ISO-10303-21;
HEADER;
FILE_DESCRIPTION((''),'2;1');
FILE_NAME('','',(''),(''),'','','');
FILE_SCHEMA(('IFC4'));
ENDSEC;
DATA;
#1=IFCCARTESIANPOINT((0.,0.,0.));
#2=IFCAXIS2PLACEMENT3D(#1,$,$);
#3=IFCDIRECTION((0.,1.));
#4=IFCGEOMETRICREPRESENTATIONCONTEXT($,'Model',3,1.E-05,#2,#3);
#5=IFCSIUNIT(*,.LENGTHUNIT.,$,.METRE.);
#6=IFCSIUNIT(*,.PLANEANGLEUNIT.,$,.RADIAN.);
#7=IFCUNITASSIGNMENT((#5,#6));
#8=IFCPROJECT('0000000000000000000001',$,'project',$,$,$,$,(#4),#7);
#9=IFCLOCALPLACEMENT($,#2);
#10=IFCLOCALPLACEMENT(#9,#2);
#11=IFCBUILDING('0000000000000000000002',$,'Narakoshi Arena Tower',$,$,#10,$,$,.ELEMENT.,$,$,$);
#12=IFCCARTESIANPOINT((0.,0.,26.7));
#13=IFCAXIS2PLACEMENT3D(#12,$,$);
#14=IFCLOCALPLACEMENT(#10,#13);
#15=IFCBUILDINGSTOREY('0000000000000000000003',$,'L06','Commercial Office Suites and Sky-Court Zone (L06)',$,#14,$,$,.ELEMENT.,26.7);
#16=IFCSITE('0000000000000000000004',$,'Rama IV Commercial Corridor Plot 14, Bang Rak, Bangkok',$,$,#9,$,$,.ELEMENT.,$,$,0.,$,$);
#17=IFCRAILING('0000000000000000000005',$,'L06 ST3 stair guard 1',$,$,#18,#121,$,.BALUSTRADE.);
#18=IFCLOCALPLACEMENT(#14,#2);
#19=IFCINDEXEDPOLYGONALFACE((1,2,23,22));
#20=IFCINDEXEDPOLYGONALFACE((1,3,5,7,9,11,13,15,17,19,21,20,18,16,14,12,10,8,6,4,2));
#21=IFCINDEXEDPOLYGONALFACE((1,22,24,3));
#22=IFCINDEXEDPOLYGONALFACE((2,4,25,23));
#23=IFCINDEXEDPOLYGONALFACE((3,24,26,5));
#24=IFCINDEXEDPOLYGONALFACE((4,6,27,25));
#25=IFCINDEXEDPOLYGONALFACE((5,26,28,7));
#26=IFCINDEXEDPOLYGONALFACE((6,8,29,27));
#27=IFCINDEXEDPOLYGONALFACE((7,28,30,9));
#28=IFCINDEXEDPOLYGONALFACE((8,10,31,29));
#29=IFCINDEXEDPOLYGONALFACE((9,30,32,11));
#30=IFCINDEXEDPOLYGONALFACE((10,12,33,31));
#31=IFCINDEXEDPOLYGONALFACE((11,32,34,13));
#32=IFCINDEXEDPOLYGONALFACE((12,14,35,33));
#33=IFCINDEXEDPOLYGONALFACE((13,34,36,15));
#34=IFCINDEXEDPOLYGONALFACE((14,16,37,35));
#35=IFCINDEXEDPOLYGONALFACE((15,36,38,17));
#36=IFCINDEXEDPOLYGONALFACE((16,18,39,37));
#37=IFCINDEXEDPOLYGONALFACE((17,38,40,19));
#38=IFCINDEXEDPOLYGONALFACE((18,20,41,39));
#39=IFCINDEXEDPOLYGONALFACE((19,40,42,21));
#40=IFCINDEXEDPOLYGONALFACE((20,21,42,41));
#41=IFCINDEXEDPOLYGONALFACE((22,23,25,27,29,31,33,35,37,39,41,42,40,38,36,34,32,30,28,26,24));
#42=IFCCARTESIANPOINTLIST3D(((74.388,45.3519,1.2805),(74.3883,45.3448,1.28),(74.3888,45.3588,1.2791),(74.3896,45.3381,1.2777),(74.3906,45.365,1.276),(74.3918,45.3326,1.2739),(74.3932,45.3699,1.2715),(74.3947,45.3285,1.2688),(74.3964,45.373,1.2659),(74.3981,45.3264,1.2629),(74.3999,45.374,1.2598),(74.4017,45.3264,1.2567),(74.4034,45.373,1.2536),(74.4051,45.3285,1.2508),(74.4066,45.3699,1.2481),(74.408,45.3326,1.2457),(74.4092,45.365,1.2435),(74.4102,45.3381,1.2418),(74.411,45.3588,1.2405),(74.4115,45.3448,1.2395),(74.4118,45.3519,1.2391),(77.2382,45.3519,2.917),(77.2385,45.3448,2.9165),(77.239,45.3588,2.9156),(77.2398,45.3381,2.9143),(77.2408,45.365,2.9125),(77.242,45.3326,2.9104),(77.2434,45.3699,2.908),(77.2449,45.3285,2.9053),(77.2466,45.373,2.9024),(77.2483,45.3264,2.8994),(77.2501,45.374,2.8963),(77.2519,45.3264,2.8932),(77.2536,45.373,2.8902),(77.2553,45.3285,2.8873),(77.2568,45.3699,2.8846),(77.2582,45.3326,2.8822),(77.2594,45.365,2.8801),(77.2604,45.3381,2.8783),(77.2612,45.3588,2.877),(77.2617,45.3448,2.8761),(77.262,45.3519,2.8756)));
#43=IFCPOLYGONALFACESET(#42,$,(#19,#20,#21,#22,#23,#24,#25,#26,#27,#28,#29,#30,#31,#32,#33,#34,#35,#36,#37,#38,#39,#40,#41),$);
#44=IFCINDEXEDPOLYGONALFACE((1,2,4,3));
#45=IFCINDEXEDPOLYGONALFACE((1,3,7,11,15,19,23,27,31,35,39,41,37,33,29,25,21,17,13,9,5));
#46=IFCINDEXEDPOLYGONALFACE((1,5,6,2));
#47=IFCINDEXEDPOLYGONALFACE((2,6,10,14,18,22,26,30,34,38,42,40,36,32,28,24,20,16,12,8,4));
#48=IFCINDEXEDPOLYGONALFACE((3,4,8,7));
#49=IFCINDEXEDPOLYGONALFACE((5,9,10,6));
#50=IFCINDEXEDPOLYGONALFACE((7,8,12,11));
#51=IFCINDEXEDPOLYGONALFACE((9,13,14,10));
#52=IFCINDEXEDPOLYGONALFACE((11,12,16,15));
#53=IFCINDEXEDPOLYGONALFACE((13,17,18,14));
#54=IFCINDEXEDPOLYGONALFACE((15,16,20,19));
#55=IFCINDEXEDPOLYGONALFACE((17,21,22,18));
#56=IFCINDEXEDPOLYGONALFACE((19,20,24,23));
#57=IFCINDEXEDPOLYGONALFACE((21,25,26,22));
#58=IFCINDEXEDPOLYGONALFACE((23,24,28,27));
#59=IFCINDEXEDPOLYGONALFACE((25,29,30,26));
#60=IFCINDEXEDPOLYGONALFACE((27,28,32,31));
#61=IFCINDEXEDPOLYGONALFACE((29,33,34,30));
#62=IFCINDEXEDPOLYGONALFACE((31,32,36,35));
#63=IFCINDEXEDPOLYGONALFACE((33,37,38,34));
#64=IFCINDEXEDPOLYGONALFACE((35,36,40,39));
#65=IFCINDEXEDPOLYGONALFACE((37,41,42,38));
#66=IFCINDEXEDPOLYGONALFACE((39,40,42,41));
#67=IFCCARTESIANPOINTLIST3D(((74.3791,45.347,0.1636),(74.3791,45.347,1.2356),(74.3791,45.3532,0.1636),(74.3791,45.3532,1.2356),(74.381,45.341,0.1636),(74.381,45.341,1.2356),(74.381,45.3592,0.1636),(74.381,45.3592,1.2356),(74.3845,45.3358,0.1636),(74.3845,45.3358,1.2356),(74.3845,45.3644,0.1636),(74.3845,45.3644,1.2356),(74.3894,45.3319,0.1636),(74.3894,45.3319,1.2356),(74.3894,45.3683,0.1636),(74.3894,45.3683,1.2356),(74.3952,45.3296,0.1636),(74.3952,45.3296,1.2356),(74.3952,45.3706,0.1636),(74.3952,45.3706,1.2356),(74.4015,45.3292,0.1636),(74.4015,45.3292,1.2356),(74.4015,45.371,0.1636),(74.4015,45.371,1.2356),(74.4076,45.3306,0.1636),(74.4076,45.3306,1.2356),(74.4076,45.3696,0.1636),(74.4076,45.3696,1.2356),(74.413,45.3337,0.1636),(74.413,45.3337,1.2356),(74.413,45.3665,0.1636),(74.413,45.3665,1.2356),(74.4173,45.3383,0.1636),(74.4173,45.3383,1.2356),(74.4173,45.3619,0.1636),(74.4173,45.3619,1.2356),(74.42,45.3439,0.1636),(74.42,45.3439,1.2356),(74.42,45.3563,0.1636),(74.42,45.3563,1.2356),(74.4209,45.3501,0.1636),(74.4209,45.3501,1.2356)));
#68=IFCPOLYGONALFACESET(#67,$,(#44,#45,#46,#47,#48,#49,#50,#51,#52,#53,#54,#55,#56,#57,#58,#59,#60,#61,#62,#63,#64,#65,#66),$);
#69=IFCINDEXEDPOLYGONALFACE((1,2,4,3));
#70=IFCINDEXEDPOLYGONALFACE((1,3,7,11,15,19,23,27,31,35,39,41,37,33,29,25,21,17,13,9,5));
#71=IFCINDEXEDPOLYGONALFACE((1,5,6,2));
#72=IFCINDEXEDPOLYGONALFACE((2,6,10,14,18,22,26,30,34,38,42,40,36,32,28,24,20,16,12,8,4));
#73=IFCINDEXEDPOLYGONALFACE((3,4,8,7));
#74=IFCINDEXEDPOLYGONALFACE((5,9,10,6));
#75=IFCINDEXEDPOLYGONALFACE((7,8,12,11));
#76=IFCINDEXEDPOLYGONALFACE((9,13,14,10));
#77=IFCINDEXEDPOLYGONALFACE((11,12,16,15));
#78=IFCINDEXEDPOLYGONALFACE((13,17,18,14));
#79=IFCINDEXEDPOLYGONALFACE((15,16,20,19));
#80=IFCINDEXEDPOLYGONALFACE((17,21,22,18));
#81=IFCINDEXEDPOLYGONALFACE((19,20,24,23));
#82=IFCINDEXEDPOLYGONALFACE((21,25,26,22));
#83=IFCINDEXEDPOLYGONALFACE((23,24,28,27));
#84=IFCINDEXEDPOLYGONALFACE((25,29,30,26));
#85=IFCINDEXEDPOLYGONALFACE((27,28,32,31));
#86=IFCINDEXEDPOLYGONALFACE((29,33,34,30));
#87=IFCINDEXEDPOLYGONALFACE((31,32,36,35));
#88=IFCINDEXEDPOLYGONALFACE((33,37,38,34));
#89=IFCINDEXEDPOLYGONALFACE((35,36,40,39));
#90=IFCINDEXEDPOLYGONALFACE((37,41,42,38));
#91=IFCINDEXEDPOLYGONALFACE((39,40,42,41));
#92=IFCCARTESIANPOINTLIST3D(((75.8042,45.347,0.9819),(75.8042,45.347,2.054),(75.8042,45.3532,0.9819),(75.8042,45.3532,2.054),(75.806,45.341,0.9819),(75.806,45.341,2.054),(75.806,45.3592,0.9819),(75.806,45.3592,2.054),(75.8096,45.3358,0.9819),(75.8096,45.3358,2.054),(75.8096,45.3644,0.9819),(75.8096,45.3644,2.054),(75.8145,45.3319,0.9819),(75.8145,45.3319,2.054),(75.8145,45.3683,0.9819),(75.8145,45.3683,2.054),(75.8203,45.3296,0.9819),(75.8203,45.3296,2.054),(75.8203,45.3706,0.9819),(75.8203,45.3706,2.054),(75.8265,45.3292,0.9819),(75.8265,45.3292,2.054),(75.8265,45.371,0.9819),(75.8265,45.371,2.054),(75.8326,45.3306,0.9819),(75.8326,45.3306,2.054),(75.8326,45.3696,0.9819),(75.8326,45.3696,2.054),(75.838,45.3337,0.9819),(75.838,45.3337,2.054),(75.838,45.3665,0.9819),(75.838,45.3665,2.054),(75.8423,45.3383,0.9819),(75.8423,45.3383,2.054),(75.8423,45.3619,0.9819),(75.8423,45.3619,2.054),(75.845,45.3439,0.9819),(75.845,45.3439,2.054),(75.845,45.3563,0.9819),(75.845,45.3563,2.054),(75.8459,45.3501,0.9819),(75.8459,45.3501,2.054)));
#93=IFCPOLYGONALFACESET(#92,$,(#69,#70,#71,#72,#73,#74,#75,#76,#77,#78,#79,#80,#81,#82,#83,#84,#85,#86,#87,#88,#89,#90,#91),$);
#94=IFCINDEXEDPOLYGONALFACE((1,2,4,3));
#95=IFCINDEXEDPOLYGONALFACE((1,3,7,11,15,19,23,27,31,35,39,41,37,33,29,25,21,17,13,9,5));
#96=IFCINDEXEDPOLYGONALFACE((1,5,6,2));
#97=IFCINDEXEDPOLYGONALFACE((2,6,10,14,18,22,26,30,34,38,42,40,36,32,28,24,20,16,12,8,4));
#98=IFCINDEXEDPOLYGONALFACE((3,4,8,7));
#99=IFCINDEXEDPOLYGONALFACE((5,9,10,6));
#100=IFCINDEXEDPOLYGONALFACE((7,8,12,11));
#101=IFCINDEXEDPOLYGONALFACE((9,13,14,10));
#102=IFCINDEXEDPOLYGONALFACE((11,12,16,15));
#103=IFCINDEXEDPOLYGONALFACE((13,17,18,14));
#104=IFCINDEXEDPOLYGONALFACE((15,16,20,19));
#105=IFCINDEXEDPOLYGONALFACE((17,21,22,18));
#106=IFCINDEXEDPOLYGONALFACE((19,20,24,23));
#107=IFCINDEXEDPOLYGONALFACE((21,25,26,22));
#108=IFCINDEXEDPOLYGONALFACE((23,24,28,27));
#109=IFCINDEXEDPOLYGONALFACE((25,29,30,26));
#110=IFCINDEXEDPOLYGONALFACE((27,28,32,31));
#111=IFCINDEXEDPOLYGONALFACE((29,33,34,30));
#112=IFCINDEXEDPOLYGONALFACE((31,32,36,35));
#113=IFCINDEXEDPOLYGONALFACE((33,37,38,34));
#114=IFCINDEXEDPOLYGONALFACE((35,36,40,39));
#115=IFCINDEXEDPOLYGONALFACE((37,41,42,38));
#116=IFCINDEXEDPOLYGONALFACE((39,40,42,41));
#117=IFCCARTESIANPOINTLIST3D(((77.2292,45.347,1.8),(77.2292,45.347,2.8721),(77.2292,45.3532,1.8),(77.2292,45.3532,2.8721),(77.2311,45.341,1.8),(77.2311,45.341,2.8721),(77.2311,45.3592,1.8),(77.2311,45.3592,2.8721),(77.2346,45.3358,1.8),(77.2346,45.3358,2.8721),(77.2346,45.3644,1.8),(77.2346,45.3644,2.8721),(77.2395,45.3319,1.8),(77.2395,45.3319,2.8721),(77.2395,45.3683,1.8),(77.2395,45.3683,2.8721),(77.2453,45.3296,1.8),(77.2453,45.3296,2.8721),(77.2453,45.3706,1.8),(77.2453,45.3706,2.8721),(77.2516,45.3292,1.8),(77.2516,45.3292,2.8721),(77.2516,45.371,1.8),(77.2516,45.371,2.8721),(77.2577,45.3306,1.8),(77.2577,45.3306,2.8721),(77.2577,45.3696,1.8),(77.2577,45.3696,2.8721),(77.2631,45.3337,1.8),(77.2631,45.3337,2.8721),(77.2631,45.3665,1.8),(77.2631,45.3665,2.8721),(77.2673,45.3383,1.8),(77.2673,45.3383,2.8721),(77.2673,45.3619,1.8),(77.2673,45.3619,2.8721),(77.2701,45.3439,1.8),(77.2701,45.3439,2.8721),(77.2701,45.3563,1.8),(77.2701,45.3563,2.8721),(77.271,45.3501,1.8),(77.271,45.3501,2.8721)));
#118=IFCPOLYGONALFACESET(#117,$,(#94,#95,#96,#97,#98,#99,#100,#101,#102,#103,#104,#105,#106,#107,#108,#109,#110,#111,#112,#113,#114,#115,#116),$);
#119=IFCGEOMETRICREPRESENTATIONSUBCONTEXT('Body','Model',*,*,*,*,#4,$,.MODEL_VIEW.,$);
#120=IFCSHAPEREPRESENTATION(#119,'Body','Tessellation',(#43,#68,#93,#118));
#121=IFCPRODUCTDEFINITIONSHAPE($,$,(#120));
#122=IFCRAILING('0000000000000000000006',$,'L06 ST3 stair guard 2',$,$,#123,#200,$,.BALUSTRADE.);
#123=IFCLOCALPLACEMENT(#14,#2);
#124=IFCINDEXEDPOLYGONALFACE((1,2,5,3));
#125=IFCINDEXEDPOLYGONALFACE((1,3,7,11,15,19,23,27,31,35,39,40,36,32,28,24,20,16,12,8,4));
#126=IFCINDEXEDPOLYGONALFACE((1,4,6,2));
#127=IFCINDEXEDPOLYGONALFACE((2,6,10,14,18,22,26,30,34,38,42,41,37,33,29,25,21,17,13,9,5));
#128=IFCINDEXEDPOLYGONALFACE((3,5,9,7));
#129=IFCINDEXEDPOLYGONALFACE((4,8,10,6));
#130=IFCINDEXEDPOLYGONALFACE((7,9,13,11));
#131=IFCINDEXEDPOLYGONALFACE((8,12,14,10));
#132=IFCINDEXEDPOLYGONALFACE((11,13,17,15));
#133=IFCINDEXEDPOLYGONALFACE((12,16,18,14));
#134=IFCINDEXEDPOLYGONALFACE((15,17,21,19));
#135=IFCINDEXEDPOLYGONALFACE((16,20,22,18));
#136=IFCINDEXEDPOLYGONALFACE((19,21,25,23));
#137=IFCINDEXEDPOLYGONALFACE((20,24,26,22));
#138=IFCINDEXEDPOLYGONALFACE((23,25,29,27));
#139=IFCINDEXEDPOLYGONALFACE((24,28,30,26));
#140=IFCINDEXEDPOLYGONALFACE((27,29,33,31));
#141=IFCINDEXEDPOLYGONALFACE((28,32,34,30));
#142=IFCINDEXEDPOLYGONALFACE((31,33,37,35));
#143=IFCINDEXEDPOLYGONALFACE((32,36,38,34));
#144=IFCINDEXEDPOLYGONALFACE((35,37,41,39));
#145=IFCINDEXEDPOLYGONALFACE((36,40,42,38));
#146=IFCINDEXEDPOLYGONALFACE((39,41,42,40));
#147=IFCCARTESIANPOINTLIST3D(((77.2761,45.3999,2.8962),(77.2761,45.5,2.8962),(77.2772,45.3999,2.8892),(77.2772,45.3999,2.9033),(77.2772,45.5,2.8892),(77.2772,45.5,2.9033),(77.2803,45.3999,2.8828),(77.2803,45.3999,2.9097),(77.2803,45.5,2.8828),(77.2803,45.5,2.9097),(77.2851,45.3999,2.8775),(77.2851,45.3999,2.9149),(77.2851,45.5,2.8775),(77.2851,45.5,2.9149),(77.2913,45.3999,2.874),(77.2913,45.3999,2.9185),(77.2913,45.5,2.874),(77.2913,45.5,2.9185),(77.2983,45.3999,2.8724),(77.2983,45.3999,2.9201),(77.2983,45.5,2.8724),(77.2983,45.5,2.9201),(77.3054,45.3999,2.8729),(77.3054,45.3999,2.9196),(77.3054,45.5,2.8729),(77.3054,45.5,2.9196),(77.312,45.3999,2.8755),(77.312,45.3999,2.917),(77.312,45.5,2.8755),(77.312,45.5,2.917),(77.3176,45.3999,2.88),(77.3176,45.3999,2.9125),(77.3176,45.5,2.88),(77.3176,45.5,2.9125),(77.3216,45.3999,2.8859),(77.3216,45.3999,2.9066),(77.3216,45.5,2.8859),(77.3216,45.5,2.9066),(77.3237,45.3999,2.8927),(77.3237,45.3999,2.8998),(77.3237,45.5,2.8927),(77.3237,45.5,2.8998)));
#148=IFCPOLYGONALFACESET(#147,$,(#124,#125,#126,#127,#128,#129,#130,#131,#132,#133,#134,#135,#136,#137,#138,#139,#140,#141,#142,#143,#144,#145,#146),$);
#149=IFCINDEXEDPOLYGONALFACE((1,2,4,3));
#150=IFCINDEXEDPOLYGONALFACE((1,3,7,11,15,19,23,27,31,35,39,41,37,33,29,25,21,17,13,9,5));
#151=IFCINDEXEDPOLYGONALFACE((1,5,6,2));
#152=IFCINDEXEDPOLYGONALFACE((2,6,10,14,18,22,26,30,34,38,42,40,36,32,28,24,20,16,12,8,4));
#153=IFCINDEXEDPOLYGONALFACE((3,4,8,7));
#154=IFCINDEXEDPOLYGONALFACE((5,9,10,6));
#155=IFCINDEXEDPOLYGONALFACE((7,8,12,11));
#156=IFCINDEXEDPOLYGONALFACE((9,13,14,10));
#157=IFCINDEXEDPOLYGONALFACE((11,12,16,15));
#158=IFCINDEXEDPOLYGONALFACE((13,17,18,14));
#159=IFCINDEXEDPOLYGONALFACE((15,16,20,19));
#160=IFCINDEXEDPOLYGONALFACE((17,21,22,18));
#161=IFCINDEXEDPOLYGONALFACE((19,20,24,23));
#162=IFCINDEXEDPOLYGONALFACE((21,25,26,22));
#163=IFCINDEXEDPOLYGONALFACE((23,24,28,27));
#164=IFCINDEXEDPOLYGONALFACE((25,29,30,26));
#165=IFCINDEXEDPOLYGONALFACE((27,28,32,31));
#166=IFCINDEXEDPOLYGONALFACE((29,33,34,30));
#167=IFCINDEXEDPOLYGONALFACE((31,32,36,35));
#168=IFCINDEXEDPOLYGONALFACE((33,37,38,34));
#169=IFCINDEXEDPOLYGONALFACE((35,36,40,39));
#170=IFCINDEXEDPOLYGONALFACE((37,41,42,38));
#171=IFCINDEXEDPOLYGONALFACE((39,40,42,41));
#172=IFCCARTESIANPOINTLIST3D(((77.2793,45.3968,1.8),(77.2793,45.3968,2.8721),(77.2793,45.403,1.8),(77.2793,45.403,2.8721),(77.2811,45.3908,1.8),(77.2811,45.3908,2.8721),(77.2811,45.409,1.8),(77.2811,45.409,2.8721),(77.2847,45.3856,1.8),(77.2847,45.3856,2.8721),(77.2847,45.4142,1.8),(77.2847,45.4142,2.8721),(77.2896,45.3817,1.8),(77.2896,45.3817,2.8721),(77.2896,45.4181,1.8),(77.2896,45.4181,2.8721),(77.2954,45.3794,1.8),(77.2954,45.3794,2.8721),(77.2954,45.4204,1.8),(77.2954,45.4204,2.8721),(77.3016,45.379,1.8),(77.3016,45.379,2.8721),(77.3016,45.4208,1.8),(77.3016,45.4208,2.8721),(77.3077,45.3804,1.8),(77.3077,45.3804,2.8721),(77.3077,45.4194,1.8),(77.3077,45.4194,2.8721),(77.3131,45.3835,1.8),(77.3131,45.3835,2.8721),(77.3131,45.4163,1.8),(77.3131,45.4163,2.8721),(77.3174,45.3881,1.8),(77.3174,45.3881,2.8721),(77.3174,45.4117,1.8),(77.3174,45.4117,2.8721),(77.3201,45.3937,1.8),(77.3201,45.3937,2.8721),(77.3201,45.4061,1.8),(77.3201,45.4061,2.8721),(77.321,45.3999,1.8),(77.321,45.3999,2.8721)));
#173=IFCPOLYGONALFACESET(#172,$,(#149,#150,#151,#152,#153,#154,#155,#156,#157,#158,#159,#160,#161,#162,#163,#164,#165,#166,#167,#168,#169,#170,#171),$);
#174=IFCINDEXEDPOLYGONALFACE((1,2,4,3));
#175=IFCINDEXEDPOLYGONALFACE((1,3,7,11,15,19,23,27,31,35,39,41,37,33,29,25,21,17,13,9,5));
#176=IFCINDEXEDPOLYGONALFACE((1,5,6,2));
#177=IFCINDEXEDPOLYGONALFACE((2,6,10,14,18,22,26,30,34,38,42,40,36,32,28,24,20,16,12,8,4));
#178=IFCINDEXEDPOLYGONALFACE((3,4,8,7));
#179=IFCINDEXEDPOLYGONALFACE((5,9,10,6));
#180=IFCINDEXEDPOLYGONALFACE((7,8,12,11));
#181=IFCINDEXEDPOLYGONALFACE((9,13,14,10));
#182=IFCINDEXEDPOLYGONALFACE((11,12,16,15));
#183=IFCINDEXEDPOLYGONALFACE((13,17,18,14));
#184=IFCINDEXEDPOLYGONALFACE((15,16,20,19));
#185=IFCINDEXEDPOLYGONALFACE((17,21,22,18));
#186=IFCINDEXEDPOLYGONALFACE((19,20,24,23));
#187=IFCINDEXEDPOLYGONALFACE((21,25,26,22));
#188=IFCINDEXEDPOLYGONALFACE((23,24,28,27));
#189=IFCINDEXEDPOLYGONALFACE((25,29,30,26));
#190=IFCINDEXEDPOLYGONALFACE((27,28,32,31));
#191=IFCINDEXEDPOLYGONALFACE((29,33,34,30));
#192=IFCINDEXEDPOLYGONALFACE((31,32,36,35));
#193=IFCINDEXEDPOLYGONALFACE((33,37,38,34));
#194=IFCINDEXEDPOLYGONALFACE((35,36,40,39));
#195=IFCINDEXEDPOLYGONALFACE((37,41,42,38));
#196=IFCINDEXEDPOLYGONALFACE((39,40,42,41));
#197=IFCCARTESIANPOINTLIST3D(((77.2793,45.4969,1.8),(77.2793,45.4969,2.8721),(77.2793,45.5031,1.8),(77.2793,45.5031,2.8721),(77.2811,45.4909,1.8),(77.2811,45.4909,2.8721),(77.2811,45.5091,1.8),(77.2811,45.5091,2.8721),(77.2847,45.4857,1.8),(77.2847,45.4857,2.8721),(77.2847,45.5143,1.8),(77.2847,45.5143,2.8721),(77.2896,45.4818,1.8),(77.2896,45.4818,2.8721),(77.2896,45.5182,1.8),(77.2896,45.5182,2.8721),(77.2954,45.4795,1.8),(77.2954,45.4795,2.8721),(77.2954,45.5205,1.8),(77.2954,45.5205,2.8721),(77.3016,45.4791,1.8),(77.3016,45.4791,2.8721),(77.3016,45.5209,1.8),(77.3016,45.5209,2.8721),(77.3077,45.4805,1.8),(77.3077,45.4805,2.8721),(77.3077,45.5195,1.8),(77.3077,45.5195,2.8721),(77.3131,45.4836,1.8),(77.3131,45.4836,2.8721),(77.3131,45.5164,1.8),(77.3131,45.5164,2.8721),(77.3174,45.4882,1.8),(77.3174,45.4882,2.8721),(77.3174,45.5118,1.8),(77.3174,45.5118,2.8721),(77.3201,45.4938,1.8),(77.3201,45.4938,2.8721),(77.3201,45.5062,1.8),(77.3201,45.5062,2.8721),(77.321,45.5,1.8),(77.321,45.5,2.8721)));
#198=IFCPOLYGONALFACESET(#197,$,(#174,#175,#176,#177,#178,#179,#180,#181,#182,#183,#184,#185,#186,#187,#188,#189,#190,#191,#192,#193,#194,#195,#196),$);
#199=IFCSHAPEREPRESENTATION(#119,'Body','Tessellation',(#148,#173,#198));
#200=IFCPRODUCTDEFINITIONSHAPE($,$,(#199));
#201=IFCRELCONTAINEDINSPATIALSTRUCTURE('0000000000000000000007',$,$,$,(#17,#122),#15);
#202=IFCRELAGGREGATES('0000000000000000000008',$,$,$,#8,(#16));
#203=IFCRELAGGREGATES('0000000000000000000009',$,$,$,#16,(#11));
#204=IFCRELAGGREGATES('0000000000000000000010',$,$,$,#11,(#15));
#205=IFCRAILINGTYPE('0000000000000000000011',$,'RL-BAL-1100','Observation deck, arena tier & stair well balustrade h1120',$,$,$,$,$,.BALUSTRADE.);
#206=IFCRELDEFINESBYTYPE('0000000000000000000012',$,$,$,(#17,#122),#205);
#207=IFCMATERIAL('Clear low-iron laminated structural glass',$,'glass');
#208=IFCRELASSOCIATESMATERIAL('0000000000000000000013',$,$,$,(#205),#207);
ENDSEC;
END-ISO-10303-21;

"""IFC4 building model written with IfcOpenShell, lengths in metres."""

from ifc_helpers import new_model, si_unit, direction, frame, origin, origin_2d, place, context, subcontext, project, spatial, circle, extrude, material, type_object, element, save


model = new_model("IFC4")

# Units and contexts
model_context = context("Model", 3, precision=1e-05, world=origin(), true_north=direction((0.0, 1.0)))
body_context = subcontext(model_context, "Body", "Model", "MODEL_VIEW")
ifc_project = project(units=[si_unit("LENGTHUNIT", "METRE"), si_unit("PLANEANGLEUNIT", "RADIAN")], contexts=[model_context])

# Site, building, storey
site_placement = place(None, origin())
site = spatial("IfcSite", under=ifc_project, at=site_placement, Name="Rama IV Commercial Corridor Plot 14, Bang Rak, Bangkok", CompositionType="ELEMENT", RefElevation=0.0)
building_placement = place(site_placement, origin())
building = spatial("IfcBuilding", under=site, at=building_placement, Name="Narakoshi Arena Tower", CompositionType="ELEMENT")
storey_placement = place(building_placement, frame((0.0, 0.0, 26.7)))
storey = spatial("IfcBuildingStorey", under=building, at=storey_placement, Name="L06", Description="Commercial Office Suites and Sky-Court Zone (L06)", CompositionType="ELEMENT", Elevation=26.7)

# Railings
ifc_material_1 = material(Name="Clear low-iron laminated structural glass", Category="glass")
railing_type_1 = type_object("IfcRailingType", Name="RL-BAL-1100", Description="Observation deck, arena tier & stair well balustrade h1120", PredefinedType="BALUSTRADE", material=ifc_material_1)
railing_1_placement = place(storey_placement, frame((74.3999, 45.3501, 0.1636)))
element("IfcRailing", 1, at=railing_1_placement, inside=storey, type_object=railing_type_1, Name="L06 ST3 stair guard 1", PredefinedType="BALUSTRADE", context=body_context, shape_type="SweptSolid", body=[
    extrude(circle(Radius=0.0239, at=origin_2d()), frame((0.0, 0.0, 1.0962), z_axis=(0.867213, 0.0, 0.497938), x_axis=(0.0, 1.0, 0.0)), (0.0, 0.0, 1.0), 3.2866),
    extrude(circle(Radius=0.021, at=origin_2d()), origin(), (0.0, 0.0, 1.0), 1.072),
    extrude(circle(Radius=0.021, at=origin_2d()), frame((1.425, 0.0, 0.8184)), (0.0, 0.0, 1.0), 1.072),
    extrude(circle(Radius=0.021, at=origin_2d()), frame((2.8501, 0.0, 1.6365)), (0.0, 0.0, 1.0), 1.072),
])
railing_2_placement = place(storey_placement, frame((77.3, 45.3999, 1.8)))
element("IfcRailing", 2, at=railing_2_placement, inside=storey, type_object=railing_type_1, Name="L06 ST3 stair guard 2", PredefinedType="BALUSTRADE", context=body_context, shape_type="SweptSolid", body=[
    extrude(circle(Radius=0.0239, at=origin_2d()), frame((0.0, 0.0, 1.0962), z_axis=(0.0, 1.0, 0.0), x_axis=(-1.0, 0.0, 0.0)), (0.0, 0.0, 1.0), 0.1001),
    extrude(circle(Radius=0.021, at=origin_2d()), origin(), (0.0, 0.0, 1.0), 1.072),
    extrude(circle(Radius=0.021, at=origin_2d()), frame((0.0, 0.1001, 0.0)), (0.0, 0.0, 1.0), 1.072),
])

save(model, "model.ifc")
